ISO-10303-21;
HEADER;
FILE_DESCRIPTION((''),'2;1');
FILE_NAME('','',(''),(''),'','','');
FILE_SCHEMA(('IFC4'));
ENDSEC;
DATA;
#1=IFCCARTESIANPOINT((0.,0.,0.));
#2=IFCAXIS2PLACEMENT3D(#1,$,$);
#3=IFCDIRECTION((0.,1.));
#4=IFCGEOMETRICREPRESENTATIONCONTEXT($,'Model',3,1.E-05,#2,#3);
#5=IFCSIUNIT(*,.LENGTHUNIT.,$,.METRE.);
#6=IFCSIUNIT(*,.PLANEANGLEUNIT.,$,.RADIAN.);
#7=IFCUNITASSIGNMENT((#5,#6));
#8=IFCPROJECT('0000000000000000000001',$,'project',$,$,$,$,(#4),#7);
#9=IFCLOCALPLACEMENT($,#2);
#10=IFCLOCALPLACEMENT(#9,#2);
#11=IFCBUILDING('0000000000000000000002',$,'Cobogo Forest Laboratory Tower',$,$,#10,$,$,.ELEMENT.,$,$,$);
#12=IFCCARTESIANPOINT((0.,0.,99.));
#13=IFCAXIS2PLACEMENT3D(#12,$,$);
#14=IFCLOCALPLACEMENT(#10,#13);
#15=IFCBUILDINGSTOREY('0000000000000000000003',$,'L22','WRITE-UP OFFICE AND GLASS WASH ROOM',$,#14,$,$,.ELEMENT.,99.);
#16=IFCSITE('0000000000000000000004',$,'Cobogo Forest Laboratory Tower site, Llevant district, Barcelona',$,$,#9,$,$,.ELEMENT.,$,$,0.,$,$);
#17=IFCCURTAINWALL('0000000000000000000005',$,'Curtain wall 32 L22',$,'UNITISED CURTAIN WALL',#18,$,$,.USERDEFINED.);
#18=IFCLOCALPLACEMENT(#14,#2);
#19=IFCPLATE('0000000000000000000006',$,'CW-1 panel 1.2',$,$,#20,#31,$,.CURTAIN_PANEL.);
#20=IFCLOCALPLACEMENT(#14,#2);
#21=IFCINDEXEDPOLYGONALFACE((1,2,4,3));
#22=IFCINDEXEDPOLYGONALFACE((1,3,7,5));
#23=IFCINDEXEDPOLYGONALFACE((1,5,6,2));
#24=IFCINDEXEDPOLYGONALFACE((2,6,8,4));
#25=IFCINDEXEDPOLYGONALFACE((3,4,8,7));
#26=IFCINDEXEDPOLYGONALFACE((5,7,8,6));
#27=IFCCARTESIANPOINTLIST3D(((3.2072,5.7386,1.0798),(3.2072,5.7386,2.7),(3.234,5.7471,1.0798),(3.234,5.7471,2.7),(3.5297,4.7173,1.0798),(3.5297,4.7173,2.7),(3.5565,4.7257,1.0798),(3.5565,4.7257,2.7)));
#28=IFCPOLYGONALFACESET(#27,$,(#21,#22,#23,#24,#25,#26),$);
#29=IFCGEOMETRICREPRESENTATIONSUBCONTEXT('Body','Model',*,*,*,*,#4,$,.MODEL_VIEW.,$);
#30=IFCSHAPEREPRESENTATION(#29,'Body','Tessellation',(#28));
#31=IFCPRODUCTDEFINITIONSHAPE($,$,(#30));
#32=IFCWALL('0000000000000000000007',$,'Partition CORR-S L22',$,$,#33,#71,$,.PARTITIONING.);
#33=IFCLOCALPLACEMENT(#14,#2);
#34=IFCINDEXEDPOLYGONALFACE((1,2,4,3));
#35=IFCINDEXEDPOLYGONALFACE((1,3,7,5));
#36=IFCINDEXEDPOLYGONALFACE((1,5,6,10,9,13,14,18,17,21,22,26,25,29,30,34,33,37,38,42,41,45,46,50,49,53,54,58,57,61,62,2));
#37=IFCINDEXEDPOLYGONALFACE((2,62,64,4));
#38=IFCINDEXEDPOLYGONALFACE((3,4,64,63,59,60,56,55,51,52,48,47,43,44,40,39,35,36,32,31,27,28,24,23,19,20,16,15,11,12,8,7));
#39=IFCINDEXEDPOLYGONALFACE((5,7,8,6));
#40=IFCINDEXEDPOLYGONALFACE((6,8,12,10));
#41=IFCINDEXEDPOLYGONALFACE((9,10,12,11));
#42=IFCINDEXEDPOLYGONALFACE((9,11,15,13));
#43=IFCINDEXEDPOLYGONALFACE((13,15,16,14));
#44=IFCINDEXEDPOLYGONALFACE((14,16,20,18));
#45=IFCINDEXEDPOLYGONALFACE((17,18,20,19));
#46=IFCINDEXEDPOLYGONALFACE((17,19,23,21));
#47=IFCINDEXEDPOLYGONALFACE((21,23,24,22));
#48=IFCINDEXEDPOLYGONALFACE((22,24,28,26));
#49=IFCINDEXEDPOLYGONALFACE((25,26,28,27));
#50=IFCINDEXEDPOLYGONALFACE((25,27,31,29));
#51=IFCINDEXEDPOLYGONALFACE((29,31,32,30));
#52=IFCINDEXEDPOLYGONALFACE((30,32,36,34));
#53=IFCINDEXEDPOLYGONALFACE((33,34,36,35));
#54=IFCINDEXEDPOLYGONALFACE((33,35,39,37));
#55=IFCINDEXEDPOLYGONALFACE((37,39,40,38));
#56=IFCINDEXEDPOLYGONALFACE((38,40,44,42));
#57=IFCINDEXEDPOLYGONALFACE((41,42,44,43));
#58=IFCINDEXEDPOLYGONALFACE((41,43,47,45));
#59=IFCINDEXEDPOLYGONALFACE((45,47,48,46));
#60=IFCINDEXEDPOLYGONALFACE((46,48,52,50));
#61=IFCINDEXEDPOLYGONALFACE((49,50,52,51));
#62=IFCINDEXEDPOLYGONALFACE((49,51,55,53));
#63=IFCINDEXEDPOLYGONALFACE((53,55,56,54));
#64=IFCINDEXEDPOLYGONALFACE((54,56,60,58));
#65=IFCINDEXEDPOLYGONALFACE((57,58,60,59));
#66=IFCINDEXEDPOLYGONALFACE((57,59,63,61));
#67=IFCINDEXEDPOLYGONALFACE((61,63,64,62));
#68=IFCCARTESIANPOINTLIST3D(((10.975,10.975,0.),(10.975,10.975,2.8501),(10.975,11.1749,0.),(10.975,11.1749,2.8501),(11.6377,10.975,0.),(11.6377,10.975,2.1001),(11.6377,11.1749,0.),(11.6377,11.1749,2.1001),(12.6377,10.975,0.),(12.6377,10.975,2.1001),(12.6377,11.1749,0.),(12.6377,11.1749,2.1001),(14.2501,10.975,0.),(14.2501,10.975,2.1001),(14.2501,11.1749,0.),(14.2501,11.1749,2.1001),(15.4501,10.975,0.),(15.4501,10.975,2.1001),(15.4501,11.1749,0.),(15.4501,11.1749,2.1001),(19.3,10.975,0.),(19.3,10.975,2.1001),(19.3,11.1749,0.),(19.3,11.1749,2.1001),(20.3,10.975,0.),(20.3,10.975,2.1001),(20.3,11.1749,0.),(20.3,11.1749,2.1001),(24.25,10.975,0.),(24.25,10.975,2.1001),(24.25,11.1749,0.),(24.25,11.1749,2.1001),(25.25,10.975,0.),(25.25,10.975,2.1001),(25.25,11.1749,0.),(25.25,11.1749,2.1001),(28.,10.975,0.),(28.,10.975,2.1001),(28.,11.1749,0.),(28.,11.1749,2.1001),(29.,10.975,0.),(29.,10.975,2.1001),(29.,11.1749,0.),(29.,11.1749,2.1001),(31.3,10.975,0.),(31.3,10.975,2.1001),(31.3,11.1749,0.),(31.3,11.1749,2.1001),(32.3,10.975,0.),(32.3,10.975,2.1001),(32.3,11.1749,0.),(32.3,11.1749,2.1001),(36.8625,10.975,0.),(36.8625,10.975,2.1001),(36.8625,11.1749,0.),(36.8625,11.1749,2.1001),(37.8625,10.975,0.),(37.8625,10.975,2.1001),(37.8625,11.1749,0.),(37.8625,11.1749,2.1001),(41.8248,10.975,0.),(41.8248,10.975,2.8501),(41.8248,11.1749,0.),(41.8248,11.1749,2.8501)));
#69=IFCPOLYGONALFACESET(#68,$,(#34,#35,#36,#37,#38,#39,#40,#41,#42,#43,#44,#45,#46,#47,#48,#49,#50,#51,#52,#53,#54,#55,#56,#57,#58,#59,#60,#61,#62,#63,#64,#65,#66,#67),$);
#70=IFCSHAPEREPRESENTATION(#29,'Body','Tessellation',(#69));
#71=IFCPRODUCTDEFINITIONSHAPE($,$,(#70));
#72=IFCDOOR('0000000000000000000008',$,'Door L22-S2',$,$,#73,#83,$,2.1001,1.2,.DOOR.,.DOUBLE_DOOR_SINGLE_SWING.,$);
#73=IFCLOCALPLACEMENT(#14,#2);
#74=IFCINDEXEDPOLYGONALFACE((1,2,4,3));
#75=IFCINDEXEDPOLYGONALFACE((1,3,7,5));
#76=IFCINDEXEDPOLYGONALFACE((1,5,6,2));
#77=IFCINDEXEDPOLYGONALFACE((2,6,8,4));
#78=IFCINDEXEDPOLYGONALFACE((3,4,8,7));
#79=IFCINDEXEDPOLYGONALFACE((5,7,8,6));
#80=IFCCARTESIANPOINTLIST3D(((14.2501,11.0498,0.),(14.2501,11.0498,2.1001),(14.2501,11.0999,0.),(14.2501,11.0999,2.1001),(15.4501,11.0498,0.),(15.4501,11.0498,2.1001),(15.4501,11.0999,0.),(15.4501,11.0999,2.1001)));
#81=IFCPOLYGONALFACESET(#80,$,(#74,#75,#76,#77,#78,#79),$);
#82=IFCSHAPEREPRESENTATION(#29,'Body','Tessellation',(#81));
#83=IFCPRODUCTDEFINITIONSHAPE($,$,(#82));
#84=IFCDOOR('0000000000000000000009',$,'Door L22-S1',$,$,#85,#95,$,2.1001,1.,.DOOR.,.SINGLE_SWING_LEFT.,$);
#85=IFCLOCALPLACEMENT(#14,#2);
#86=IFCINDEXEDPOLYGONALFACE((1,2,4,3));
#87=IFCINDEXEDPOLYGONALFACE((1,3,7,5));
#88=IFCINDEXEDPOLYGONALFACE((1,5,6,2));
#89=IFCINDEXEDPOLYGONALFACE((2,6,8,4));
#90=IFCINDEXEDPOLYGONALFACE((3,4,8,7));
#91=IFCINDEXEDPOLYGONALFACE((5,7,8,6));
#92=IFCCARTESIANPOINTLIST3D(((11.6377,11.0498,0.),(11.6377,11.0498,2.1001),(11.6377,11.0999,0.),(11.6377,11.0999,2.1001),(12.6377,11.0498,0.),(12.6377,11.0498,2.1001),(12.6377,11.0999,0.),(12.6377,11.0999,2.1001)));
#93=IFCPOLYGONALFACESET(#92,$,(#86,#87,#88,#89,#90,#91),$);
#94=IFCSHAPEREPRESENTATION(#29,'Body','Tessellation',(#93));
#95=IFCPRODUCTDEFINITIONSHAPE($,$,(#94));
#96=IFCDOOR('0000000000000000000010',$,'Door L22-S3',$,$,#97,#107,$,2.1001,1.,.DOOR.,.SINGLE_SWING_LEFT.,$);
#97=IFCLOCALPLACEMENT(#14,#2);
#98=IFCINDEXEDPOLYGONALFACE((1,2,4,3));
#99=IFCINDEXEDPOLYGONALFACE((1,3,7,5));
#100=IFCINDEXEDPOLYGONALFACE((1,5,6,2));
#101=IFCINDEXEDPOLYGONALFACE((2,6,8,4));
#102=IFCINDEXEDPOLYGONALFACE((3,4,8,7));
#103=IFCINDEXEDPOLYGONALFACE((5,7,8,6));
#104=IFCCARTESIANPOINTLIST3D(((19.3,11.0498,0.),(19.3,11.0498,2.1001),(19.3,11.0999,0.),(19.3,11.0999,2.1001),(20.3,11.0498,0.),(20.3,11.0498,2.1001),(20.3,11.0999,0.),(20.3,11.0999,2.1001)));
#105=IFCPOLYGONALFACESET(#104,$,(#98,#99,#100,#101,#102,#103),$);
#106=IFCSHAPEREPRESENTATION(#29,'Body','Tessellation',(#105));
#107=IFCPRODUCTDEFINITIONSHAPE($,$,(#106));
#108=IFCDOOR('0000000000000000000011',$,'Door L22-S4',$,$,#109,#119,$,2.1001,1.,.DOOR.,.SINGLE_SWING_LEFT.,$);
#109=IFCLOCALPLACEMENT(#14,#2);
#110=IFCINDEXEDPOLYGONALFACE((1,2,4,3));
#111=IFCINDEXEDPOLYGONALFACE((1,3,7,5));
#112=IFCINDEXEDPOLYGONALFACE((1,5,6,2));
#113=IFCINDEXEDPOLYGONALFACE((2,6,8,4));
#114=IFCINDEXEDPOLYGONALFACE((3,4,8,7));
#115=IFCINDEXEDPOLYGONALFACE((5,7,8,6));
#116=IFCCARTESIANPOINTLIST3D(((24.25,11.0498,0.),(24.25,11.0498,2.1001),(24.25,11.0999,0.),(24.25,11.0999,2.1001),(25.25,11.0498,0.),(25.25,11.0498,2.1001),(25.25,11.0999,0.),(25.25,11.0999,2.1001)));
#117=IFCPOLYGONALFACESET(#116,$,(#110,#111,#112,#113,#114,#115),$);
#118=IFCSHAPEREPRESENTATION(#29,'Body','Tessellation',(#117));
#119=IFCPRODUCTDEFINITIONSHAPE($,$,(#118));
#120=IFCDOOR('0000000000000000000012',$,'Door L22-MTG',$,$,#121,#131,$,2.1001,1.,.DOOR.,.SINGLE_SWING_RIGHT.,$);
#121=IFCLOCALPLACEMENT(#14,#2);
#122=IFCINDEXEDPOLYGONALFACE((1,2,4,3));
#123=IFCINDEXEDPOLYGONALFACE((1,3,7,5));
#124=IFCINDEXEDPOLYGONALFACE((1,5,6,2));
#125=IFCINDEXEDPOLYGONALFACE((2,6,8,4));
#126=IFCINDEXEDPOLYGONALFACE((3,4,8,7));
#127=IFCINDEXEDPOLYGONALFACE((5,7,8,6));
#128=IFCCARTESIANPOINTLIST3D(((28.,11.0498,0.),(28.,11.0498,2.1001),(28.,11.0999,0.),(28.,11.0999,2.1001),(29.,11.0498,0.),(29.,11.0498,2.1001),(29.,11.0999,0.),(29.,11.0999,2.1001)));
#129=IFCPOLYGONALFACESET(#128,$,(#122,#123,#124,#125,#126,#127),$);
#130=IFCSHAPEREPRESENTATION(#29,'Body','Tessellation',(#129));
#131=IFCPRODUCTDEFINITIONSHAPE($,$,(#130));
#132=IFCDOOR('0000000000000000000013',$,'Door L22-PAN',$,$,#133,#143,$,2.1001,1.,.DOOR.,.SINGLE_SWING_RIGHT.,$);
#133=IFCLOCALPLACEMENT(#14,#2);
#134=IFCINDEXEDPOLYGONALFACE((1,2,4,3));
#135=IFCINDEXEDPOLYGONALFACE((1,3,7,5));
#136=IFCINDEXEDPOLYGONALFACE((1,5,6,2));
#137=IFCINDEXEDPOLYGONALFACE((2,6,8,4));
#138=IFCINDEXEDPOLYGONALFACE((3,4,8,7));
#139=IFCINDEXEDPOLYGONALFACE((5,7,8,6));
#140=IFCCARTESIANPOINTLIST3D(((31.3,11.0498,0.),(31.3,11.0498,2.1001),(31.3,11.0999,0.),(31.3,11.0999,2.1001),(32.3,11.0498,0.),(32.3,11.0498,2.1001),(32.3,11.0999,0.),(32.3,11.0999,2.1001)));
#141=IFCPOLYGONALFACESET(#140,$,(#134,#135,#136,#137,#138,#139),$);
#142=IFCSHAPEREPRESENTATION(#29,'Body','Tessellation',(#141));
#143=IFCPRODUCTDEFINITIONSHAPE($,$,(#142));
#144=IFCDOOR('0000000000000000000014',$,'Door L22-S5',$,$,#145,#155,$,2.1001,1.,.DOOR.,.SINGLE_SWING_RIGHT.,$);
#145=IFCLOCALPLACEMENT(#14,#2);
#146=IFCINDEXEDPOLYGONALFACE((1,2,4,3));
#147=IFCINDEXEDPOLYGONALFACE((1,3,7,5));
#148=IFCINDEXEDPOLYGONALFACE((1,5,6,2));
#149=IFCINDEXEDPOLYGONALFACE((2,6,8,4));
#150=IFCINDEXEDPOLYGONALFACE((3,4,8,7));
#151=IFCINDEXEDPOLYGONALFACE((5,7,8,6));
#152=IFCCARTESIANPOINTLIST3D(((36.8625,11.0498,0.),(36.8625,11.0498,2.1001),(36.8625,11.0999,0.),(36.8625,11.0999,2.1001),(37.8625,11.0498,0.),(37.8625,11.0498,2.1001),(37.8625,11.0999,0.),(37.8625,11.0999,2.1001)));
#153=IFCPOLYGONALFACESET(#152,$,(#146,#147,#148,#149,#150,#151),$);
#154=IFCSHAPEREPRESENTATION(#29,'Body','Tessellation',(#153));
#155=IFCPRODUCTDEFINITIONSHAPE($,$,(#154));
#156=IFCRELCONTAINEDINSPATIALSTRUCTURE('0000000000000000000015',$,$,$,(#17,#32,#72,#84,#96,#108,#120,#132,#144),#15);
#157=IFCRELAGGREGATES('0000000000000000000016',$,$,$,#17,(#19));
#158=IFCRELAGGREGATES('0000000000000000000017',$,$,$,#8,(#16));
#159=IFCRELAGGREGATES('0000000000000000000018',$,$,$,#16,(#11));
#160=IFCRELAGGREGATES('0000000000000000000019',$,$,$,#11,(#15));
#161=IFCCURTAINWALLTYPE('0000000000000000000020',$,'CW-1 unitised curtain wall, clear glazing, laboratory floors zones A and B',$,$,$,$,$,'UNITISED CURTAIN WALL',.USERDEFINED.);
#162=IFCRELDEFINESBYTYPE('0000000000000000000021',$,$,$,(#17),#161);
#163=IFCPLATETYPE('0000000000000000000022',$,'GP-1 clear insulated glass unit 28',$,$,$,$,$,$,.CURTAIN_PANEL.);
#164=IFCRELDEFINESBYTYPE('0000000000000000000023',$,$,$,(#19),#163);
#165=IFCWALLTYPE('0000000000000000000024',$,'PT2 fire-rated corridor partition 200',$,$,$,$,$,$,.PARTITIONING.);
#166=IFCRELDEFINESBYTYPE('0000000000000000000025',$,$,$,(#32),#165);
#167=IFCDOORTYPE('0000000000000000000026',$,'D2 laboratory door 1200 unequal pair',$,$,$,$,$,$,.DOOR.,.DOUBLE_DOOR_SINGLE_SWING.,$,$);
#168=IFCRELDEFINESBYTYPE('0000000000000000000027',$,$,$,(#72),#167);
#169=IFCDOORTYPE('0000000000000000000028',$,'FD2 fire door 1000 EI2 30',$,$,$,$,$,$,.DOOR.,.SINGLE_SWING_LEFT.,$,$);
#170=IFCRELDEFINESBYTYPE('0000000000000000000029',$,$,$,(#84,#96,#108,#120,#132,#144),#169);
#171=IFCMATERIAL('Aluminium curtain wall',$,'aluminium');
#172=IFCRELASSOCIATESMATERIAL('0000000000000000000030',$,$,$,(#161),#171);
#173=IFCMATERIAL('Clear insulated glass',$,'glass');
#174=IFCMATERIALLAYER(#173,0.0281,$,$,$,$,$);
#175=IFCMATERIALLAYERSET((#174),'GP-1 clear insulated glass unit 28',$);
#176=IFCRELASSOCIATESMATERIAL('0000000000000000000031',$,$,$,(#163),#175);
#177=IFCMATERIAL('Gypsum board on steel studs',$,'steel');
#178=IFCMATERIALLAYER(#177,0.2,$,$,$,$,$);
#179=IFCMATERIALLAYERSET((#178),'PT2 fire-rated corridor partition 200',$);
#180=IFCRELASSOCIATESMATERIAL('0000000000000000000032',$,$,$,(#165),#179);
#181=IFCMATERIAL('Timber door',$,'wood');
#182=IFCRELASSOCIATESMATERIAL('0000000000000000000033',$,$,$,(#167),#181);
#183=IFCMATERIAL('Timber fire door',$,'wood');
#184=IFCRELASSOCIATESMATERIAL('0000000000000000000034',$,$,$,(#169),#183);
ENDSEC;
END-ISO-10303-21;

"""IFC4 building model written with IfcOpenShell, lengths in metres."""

from ifc_helpers import new_model, si_unit, direction, frame, frame_2d, origin, origin_2d, place, context, subcontext, project, spatial, rectangle, extrude, material, layer, layer_set, type_object, element, fill, aggregate, save


model = new_model("IFC4")

# Units and contexts
model_context = context("Model", 3, precision=1e-05, world=origin(), true_north=direction((0.0, 1.0)))
body_context = subcontext(model_context, "Body", "Model", "MODEL_VIEW")
ifc_project = project(units=[si_unit("LENGTHUNIT", "METRE"), si_unit("PLANEANGLEUNIT", "RADIAN")], contexts=[model_context])

# Site, building, storey
site_placement = place(None, origin())
site = spatial("IfcSite", under=ifc_project, at=site_placement, Name="Cobogo Forest Laboratory Tower site, Llevant district, Barcelona", CompositionType="ELEMENT", RefElevation=0.0)
building_placement = place(site_placement, origin())
building = spatial("IfcBuilding", under=site, at=building_placement, Name="Cobogo Forest Laboratory Tower", CompositionType="ELEMENT")
storey_placement = place(building_placement, frame((0.0, 0.0, 99.0)))
storey = spatial("IfcBuildingStorey", under=building, at=storey_placement, Name="L22", Description="WRITE-UP OFFICE AND GLASS WASH ROOM", CompositionType="ELEMENT", Elevation=99.0)

# Curtain wall
ifc_material_1 = material(Name="Aluminium curtain wall", Category="aluminium")
curtain_wall_type = type_object("IfcCurtainWallType", Name="CW-1 unitised curtain wall, clear glazing, laboratory floors zones A and B", ElementType="UNITISED CURTAIN WALL", PredefinedType="USERDEFINED", material=ifc_material_1)
curtain_wall_1_placement = place(storey_placement, origin())
curtain_wall_1 = element("IfcCurtainWall", 1, at=curtain_wall_1_placement, inside=storey, type_object=curtain_wall_type, Name="Curtain wall 32 L22", ObjectType="UNITISED CURTAIN WALL", PredefinedType="USERDEFINED")

# Plate
ifc_material_2 = material(Name="Clear insulated glass", Category="glass")
ifc_layer_1 = layer(ifc_material_2, 0.0281)
ifc_layer_set_1 = layer_set([ifc_layer_1], Name="GP-1 clear insulated glass unit 28")
plate_type = type_object("IfcPlateType", Name="GP-1 clear insulated glass unit 28", PredefinedType="CURTAIN_PANEL", material=ifc_layer_set_1)
plate_1_placement = place(storey_placement, frame((3.3818, 5.2322, 1.0798), z_axis=(0.0, 0.0, 1.0), x_axis=(0.301136, -0.953581, 0.0)))
plate_1 = element("IfcPlate", 2, at=plate_1_placement, type_object=plate_type, Name="CW-1 panel 1.2", PredefinedType="CURTAIN_PANEL", context=body_context, shape_type="SweptSolid", body=[
    extrude(rectangle(XDim=1.071, YDim=0.0281, at=origin_2d()), origin(), (0.0, 0.0, 1.0), 1.6201),
])
aggregate(curtain_wall_1, [plate_1])

# Wall, openings, doors
ifc_material_3 = material(Name="Gypsum board on steel studs", Category="steel")
ifc_layer_2 = layer(ifc_material_3, 0.2)
ifc_layer_set_2 = layer_set([ifc_layer_2], Name="PT2 fire-rated corridor partition 200")
wall_type = type_object("IfcWallType", Name="PT2 fire-rated corridor partition 200", PredefinedType="PARTITIONING", material=ifc_layer_set_2)
wall_placement = place(storey_placement, frame((10.9751, 11.075, 0.0), z_axis=(0.0, 0.0, 1.0), x_axis=(1.0, 0.0, 0.0)))
wall = element("IfcWall", 3, at=wall_placement, inside=storey, type_object=wall_type, Name="Partition CORR-S L22", PredefinedType="PARTITIONING", context=body_context, shape_type="SweptSolid", body=[
    extrude(rectangle(XDim=30.8499, YDim=0.2, at=frame_2d((15.4248, 0.0))), origin(), (0.0, 0.0, 1.0), 2.8501),
])
opening_1_placement = place(wall_placement, frame((0.6626, 0.0, 0.0)))
opening_1 = element("IfcOpeningElement", 4, at=opening_1_placement, cuts=wall, PredefinedType="OPENING", context=body_context, shape_type="SweptSolid", body=[
    extrude(rectangle(XDim=1.0, YDim=2.1001, at=frame_2d((0.5, 1.05))), frame((0.0, 0.1099, 0.0), z_axis=(0.0, -1.0, 0.0), x_axis=(1.0, 0.0, 0.0)), (0.0, 0.0, 1.0), 0.22),
])
opening_2_placement = place(wall_placement, frame((3.2749, 0.0, 0.0)))
opening_2 = element("IfcOpeningElement", 5, at=opening_2_placement, cuts=wall, PredefinedType="OPENING", context=body_context, shape_type="SweptSolid", body=[
    extrude(rectangle(XDim=1.2, YDim=2.1001, at=frame_2d((0.6001, 1.05))), frame((0.0, 0.1099, 0.0), z_axis=(0.0, -1.0, 0.0), x_axis=(1.0, 0.0, 0.0)), (0.0, 0.0, 1.0), 0.22),
])
opening_3_placement = place(wall_placement, frame((8.325, 0.0, 0.0)))
opening_3 = element("IfcOpeningElement", 6, at=opening_3_placement, cuts=wall, PredefinedType="OPENING", context=body_context, shape_type="SweptSolid", body=[
    extrude(rectangle(XDim=1.0, YDim=2.1001, at=frame_2d((0.5, 1.05))), frame((0.0, 0.1099, 0.0), z_axis=(0.0, -1.0, 0.0), x_axis=(1.0, 0.0, 0.0)), (0.0, 0.0, 1.0), 0.22),
])
opening_4_placement = place(wall_placement, frame((13.2749, 0.0, 0.0)))
opening_4 = element("IfcOpeningElement", 7, at=opening_4_placement, cuts=wall, PredefinedType="OPENING", context=body_context, shape_type="SweptSolid", body=[
    extrude(rectangle(XDim=1.0, YDim=2.1001, at=frame_2d((0.5, 1.05))), frame((0.0, 0.1099, 0.0), z_axis=(0.0, -1.0, 0.0), x_axis=(1.0, 0.0, 0.0)), (0.0, 0.0, 1.0), 0.22),
])
opening_5_placement = place(wall_placement, frame((17.0249, 0.0, 0.0)))
opening_5 = element("IfcOpeningElement", 8, at=opening_5_placement, cuts=wall, PredefinedType="OPENING", context=body_context, shape_type="SweptSolid", body=[
    extrude(rectangle(XDim=1.0, YDim=2.1001, at=frame_2d((0.5, 1.05))), frame((0.0, 0.1099, 0.0), z_axis=(0.0, -1.0, 0.0), x_axis=(1.0, 0.0, 0.0)), (0.0, 0.0, 1.0), 0.22),
])
opening_6_placement = place(wall_placement, frame((20.325, 0.0, 0.0)))
opening_6 = element("IfcOpeningElement", 9, at=opening_6_placement, cuts=wall, PredefinedType="OPENING", context=body_context, shape_type="SweptSolid", body=[
    extrude(rectangle(XDim=1.0, YDim=2.1001, at=frame_2d((0.5, 1.05))), frame((0.0, 0.1099, 0.0), z_axis=(0.0, -1.0, 0.0), x_axis=(1.0, 0.0, 0.0)), (0.0, 0.0, 1.0), 0.22),
])
opening_7_placement = place(wall_placement, frame((25.8875, 0.0, 0.0)))
opening_7 = element("IfcOpeningElement", 10, at=opening_7_placement, cuts=wall, PredefinedType="OPENING", context=body_context, shape_type="SweptSolid", body=[
    extrude(rectangle(XDim=1.0, YDim=2.1001, at=frame_2d((0.5, 1.05))), frame((0.0, 0.1099, 0.0), z_axis=(0.0, -1.0, 0.0), x_axis=(1.0, 0.0, 0.0)), (0.0, 0.0, 1.0), 0.22),
])
ifc_material_4 = material(Name="Timber door", Category="wood")
door_type_1 = type_object("IfcDoorType", Name="D2 laboratory door 1200 unequal pair", OperationType="DOUBLE_DOOR_SINGLE_SWING", PredefinedType="DOOR", material=ifc_material_4)
door_1_placement = place(opening_2_placement, origin())
door_1 = element("IfcDoor", 11, at=door_1_placement, inside=storey, type_object=door_type_1, Name="Door L22-S2", OperationType="DOUBLE_DOOR_SINGLE_SWING", OverallHeight=2.1001, OverallWidth=1.2, PredefinedType="DOOR", context=body_context, shape_type="SweptSolid", body=[
    extrude(rectangle(XDim=1.2, YDim=2.1001, at=frame_2d((0.6001, 1.05))), frame((0.0, 0.0249, 0.0), z_axis=(0.0, -1.0, 0.0), x_axis=(1.0, 0.0, 0.0)), (0.0, 0.0, 1.0), 0.05),
])
fill(opening_2, door_1)
ifc_material_5 = material(Name="Timber fire door", Category="wood")
door_type_2 = type_object("IfcDoorType", Name="FD2 fire door 1000 EI2 30", OperationType="SINGLE_SWING_LEFT", PredefinedType="DOOR", material=ifc_material_5)
door_2_placement = place(opening_1_placement, origin())
door_2 = element("IfcDoor", 12, at=door_2_placement, inside=storey, type_object=door_type_2, Name="Door L22-S1", OperationType="SINGLE_SWING_LEFT", OverallHeight=2.1001, OverallWidth=1.0, PredefinedType="DOOR", context=body_context, shape_type="SweptSolid", body=[
    extrude(rectangle(XDim=1.0, YDim=2.1001, at=frame_2d((0.5, 1.05))), frame((0.0, 0.0249, 0.0), z_axis=(0.0, -1.0, 0.0), x_axis=(1.0, 0.0, 0.0)), (0.0, 0.0, 1.0), 0.05),
])
fill(opening_1, door_2)
door_3_placement = place(opening_3_placement, origin())
door_3 = element("IfcDoor", 13, at=door_3_placement, inside=storey, type_object=door_type_2, Name="Door L22-S3", OperationType="SINGLE_SWING_LEFT", OverallHeight=2.1001, OverallWidth=1.0, PredefinedType="DOOR", context=body_context, shape_type="SweptSolid", body=[
    extrude(rectangle(XDim=1.0, YDim=2.1001, at=frame_2d((0.5, 1.05))), frame((0.0, 0.0249, 0.0), z_axis=(0.0, -1.0, 0.0), x_axis=(1.0, 0.0, 0.0)), (0.0, 0.0, 1.0), 0.05),
])
fill(opening_3, door_3)
door_4_placement = place(opening_4_placement, origin())
door_4 = element("IfcDoor", 14, at=door_4_placement, inside=storey, type_object=door_type_2, Name="Door L22-S4", OperationType="SINGLE_SWING_LEFT", OverallHeight=2.1001, OverallWidth=1.0, PredefinedType="DOOR", context=body_context, shape_type="SweptSolid", body=[
    extrude(rectangle(XDim=1.0, YDim=2.1001, at=frame_2d((0.5, 1.05))), frame((0.0, 0.0249, 0.0), z_axis=(0.0, -1.0, 0.0), x_axis=(1.0, 0.0, 0.0)), (0.0, 0.0, 1.0), 0.05),
])
fill(opening_4, door_4)
door_5_placement = place(opening_5_placement, origin())
door_5 = element("IfcDoor", 15, at=door_5_placement, inside=storey, type_object=door_type_2, Name="Door L22-MTG", OperationType="SINGLE_SWING_RIGHT", OverallHeight=2.1001, OverallWidth=1.0, PredefinedType="DOOR", context=body_context, shape_type="SweptSolid", body=[
    extrude(rectangle(XDim=1.0, YDim=2.1001, at=frame_2d((0.5, 1.05))), frame((0.0, 0.0249, 0.0), z_axis=(0.0, -1.0, 0.0), x_axis=(1.0, 0.0, 0.0)), (0.0, 0.0, 1.0), 0.05),
])
fill(opening_5, door_5)
door_6_placement = place(opening_6_placement, origin())
door_6 = element("IfcDoor", 16, at=door_6_placement, inside=storey, type_object=door_type_2, Name="Door L22-PAN", OperationType="SINGLE_SWING_RIGHT", OverallHeight=2.1001, OverallWidth=1.0, PredefinedType="DOOR", context=body_context, shape_type="SweptSolid", body=[
    extrude(rectangle(XDim=1.0, YDim=2.1001, at=frame_2d((0.5, 1.05))), frame((0.0, 0.0249, 0.0), z_axis=(0.0, -1.0, 0.0), x_axis=(1.0, 0.0, 0.0)), (0.0, 0.0, 1.0), 0.05),
])
fill(opening_6, door_6)
door_7_placement = place(opening_7_placement, origin())
door_7 = element("IfcDoor", 17, at=door_7_placement, inside=storey, type_object=door_type_2, Name="Door L22-S5", OperationType="SINGLE_SWING_RIGHT", OverallHeight=2.1001, OverallWidth=1.0, PredefinedType="DOOR", context=body_context, shape_type="SweptSolid", body=[
    extrude(rectangle(XDim=1.0, YDim=2.1001, at=frame_2d((0.5, 1.05))), frame((0.0, 0.0249, 0.0), z_axis=(0.0, -1.0, 0.0), x_axis=(1.0, 0.0, 0.0)), (0.0, 0.0, 1.0), 0.05),
])
fill(opening_7, door_7)

save(model, "model.ifc")
